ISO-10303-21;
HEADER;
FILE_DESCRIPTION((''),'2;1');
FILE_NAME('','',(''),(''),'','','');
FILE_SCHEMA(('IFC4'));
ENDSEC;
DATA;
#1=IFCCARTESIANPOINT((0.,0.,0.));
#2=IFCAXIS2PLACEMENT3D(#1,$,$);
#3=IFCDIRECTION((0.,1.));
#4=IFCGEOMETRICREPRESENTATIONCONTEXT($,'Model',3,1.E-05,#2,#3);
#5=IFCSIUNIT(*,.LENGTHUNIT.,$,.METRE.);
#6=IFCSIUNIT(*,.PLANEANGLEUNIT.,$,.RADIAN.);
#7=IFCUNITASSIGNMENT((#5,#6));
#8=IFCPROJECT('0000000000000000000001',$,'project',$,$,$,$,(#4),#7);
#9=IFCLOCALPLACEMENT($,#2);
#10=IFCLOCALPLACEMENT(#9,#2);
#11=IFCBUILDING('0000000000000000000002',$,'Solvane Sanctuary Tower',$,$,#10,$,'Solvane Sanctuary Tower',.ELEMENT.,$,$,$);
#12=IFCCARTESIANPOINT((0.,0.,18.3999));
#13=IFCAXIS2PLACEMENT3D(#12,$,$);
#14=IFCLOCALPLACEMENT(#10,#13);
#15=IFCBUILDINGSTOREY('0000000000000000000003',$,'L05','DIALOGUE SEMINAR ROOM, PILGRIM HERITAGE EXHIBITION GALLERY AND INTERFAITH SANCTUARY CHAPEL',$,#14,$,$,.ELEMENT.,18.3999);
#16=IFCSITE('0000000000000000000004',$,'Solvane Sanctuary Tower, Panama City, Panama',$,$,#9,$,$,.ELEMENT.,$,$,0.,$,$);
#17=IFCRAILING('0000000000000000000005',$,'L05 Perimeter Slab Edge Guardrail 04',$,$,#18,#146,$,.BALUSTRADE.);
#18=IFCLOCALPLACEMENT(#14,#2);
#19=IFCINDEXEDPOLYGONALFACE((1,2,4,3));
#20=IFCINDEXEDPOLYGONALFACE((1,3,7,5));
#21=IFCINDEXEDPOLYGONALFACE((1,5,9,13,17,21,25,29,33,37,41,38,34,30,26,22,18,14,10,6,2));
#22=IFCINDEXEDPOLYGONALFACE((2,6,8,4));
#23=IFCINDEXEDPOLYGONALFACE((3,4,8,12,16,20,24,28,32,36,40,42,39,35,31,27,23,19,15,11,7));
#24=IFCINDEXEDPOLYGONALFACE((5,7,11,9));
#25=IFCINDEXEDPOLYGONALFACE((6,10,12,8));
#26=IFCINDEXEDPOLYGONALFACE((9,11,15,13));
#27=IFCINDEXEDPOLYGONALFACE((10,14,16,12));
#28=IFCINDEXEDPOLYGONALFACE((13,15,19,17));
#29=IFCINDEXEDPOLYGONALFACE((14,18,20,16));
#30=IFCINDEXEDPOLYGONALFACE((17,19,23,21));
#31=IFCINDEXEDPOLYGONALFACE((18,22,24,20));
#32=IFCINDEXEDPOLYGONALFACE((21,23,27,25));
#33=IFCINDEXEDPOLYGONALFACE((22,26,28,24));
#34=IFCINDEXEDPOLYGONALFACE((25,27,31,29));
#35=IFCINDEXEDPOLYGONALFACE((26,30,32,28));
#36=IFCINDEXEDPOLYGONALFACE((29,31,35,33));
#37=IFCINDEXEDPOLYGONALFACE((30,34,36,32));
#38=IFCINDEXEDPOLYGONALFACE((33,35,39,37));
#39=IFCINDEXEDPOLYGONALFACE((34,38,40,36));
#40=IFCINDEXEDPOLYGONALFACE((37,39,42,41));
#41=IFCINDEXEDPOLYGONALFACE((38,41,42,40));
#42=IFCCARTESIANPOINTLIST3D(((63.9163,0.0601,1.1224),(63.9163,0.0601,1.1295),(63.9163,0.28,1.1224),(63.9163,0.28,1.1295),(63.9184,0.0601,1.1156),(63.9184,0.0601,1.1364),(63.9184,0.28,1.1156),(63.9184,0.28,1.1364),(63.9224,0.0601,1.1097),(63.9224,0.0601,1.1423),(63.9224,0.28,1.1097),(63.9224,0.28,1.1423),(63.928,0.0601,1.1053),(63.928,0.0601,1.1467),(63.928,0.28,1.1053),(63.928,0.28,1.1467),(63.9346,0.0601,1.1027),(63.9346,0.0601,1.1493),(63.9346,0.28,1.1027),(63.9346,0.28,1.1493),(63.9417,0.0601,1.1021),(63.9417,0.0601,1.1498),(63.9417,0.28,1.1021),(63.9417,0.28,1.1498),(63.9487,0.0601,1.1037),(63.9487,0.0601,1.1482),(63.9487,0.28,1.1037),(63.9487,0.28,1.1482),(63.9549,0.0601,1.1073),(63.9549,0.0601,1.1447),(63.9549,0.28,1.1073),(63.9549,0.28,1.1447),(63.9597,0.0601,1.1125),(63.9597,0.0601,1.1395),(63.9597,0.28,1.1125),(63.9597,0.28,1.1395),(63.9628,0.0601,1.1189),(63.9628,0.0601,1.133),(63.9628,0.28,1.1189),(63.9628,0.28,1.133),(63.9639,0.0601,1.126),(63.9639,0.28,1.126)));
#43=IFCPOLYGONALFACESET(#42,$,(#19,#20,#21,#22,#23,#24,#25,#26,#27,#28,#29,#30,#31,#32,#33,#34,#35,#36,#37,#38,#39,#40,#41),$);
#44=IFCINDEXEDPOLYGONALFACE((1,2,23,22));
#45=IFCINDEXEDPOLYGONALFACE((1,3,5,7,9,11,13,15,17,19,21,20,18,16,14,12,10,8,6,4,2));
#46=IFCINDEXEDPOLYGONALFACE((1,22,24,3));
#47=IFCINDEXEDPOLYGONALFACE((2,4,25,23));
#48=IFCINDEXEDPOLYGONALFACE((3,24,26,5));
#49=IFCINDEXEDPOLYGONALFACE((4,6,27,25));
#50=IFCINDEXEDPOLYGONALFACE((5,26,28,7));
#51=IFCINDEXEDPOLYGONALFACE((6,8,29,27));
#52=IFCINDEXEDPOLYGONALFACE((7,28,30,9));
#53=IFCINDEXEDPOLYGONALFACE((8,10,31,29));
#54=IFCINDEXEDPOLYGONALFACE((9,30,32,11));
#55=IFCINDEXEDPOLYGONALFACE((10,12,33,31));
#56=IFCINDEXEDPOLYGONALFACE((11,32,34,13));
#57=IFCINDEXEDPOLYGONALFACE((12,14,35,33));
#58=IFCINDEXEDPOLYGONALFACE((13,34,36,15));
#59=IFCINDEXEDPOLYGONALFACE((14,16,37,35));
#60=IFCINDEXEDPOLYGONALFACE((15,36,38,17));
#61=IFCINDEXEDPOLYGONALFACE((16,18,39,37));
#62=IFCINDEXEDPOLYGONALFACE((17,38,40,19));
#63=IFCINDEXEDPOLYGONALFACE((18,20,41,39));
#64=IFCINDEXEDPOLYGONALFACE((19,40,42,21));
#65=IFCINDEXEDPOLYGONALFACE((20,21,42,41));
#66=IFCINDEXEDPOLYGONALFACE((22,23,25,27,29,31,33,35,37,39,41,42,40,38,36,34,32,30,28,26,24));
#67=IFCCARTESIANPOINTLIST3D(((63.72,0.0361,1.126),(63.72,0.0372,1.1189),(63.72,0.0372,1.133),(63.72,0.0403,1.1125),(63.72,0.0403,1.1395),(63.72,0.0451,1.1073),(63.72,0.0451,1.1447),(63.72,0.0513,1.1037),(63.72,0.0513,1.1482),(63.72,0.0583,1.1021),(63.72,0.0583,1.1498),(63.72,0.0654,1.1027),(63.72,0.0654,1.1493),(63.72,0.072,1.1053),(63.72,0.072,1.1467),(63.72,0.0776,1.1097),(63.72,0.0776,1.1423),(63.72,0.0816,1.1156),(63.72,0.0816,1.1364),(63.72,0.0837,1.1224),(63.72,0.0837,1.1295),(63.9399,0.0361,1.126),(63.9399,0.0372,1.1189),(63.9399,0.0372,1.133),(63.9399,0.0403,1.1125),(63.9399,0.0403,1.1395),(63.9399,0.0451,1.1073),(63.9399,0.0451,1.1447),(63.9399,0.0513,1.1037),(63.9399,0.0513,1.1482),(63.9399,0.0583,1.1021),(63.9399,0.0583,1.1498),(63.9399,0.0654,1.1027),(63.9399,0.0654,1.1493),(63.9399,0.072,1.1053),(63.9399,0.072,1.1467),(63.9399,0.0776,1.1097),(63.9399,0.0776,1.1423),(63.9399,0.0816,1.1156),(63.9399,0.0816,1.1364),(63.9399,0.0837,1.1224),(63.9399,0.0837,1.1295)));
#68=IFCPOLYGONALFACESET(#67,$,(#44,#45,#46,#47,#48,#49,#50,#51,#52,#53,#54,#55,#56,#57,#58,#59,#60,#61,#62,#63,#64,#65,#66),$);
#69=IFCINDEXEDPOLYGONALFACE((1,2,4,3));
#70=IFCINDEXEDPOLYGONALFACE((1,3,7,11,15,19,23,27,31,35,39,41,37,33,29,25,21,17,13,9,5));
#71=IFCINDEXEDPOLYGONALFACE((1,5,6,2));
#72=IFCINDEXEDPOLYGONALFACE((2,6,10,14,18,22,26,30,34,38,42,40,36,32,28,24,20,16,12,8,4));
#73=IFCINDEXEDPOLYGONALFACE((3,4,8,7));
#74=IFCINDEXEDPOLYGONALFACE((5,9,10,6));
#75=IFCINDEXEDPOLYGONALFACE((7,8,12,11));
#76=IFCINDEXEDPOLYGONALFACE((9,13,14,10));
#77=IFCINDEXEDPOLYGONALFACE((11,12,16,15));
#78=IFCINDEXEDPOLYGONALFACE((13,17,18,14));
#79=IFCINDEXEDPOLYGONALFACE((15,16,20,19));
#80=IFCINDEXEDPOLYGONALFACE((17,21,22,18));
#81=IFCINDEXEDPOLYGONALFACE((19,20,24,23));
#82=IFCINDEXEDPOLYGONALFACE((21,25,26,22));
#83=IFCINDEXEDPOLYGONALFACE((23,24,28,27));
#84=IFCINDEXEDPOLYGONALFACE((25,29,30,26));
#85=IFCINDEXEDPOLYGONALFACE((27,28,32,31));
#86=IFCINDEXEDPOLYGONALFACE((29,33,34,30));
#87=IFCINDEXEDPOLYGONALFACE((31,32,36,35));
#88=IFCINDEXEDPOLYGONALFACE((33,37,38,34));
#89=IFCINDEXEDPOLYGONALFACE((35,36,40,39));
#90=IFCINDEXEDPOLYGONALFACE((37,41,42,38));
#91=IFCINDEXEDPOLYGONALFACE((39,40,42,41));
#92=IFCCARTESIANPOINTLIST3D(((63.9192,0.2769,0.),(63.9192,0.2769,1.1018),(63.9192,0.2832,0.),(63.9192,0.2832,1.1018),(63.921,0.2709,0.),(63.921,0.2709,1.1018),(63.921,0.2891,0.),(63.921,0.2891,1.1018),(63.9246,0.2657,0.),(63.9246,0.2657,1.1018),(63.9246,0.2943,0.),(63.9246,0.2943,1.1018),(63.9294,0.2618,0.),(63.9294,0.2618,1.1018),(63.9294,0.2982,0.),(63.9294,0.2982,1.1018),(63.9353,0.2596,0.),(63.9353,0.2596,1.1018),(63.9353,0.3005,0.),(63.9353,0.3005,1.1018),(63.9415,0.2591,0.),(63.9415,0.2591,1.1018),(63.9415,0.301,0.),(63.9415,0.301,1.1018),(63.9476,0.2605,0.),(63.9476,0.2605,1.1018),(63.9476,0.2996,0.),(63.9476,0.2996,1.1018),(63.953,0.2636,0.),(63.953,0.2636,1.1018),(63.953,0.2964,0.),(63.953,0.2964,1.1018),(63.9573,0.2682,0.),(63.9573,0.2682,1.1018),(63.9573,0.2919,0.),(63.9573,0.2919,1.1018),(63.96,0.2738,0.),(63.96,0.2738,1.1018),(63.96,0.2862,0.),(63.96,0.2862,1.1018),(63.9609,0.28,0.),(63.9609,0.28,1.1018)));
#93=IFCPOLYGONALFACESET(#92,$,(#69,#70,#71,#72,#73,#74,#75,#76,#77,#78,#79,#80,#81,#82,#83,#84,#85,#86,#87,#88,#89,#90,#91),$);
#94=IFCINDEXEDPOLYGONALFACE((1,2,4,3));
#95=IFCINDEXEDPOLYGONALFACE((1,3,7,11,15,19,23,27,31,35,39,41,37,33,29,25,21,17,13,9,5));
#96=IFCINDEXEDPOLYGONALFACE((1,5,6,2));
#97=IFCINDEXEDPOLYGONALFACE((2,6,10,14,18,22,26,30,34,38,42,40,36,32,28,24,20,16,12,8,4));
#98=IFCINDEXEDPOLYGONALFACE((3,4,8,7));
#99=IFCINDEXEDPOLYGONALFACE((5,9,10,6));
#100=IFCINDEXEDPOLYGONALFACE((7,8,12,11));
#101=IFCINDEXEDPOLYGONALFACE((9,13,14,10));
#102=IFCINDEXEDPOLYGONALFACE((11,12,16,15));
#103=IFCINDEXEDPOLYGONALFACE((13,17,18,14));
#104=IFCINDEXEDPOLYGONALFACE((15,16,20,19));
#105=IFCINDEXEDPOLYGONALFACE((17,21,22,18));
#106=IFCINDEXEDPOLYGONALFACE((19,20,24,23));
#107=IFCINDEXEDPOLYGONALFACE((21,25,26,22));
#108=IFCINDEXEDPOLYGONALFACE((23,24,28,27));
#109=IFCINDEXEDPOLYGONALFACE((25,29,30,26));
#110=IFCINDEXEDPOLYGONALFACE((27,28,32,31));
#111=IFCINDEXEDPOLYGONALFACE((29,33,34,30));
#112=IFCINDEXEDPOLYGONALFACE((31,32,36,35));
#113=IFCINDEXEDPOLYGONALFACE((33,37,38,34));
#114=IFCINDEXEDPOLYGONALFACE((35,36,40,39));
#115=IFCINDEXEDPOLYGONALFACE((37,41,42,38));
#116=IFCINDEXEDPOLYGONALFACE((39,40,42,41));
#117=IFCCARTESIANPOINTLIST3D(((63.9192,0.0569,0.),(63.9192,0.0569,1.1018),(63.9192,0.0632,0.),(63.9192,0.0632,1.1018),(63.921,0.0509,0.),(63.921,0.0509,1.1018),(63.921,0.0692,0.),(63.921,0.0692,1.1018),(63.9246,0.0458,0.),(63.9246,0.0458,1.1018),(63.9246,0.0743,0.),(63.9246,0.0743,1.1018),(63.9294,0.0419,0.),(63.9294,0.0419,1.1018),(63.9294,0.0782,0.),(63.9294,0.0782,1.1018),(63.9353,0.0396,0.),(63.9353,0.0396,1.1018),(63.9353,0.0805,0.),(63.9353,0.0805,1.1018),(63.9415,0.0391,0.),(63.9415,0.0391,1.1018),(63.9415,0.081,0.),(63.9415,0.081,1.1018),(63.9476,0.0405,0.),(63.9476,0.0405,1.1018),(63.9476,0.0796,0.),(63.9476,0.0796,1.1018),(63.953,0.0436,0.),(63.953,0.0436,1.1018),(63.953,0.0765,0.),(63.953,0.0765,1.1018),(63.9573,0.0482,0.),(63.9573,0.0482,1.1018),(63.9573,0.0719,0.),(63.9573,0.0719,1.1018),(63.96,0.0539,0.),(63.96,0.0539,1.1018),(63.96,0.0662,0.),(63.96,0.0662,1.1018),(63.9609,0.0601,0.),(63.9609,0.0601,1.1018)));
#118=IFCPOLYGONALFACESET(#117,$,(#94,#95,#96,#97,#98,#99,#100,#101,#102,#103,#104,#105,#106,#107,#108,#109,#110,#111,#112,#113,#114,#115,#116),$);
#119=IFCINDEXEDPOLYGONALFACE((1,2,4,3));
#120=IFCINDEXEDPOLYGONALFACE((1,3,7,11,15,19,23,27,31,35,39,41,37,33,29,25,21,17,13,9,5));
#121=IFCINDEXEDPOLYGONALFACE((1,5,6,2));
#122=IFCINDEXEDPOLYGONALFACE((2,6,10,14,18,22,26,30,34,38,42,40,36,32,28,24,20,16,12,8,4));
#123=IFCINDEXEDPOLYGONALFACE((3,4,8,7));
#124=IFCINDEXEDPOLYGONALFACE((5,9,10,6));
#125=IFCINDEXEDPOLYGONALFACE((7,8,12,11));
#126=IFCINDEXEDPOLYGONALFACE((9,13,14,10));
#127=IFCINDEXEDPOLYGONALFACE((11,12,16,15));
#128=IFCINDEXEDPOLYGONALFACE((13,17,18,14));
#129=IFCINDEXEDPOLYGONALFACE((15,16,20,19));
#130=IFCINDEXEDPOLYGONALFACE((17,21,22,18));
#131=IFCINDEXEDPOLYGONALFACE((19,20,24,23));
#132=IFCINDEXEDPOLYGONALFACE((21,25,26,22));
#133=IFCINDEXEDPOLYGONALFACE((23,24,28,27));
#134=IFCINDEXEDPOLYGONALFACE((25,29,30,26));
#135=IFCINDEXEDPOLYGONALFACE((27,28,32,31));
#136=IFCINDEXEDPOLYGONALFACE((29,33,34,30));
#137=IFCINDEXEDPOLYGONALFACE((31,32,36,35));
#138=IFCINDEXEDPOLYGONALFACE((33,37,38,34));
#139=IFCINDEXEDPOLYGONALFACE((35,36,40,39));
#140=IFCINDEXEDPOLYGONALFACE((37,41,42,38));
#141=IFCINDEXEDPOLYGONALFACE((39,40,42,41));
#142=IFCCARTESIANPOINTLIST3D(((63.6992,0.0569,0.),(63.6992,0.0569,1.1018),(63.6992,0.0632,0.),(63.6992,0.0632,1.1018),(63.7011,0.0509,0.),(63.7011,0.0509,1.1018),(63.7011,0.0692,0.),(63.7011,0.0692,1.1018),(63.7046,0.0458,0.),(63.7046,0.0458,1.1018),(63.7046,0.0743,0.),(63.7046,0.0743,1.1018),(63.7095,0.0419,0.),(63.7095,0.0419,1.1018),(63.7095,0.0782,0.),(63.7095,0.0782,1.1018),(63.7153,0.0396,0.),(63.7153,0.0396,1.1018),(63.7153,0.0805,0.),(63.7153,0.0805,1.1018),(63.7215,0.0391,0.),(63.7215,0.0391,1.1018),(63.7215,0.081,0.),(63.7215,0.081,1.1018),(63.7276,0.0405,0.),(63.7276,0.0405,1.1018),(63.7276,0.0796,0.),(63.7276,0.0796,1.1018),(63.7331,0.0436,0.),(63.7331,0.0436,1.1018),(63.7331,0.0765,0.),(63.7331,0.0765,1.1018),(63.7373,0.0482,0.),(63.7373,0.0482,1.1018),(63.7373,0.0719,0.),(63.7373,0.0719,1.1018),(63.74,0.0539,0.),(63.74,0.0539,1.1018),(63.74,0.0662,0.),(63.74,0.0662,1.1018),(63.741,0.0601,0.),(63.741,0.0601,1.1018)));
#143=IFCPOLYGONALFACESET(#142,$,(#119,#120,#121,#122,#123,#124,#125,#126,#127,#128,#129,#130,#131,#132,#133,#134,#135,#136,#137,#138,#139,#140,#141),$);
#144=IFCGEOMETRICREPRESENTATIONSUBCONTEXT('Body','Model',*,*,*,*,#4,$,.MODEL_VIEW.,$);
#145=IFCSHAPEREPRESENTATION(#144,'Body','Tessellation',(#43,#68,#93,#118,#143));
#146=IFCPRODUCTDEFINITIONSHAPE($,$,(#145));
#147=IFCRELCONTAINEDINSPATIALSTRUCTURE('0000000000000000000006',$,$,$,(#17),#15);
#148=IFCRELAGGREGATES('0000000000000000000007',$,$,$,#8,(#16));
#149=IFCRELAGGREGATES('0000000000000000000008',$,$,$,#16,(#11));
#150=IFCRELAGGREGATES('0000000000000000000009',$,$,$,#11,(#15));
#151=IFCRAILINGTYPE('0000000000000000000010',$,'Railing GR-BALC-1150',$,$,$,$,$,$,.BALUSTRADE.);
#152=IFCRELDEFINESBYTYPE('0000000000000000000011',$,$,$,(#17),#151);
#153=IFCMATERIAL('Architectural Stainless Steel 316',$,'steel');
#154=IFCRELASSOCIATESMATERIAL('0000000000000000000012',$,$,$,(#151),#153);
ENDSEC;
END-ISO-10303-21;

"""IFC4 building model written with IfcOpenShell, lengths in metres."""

from ifc_helpers import new_model, si_unit, direction, frame, origin, origin_2d, place, context, subcontext, project, spatial, circle, extrude, material, type_object, element, save


model = new_model("IFC4")

# Units and contexts
model_context = context("Model", 3, precision=1e-05, world=origin(), true_north=direction((0.0, 1.0)))
body_context = subcontext(model_context, "Body", "Model", "MODEL_VIEW")
ifc_project = project(units=[si_unit("LENGTHUNIT", "METRE"), si_unit("PLANEANGLEUNIT", "RADIAN")], contexts=[model_context])

# Site, building, storey
site_placement = place(None, origin())
site = spatial("IfcSite", under=ifc_project, at=site_placement, Name="Solvane Sanctuary Tower, Panama City, Panama", CompositionType="ELEMENT", RefElevation=0.0)
building_placement = place(site_placement, origin())
building = spatial("IfcBuilding", under=site, at=building_placement, Name="Solvane Sanctuary Tower", LongName="Solvane Sanctuary Tower", CompositionType="ELEMENT")
storey_placement = place(building_placement, frame((0.0, 0.0, 18.3999)))
storey = spatial("IfcBuildingStorey", under=building, at=storey_placement, Name="L05", Description="DIALOGUE SEMINAR ROOM, PILGRIM HERITAGE EXHIBITION GALLERY AND INTERFAITH SANCTUARY CHAPEL", CompositionType="ELEMENT", Elevation=18.3999)

# Shared definitions
ifc_material_1 = material(Name="Architectural Stainless Steel 316", Category="steel")

# Railing
railing_type_1 = type_object("IfcRailingType", Name="Railing GR-BALC-1150", PredefinedType="BALUSTRADE", material=ifc_material_1)
railing_1_placement = place(storey_placement, frame((63.9399, 0.28, 0.0)))
element("IfcRailing", 1, at=railing_1_placement, inside=storey, type_object=railing_type_1, Name="L05 Perimeter Slab Edge Guardrail 04", PredefinedType="BALUSTRADE", context=body_context, shape_type="SweptSolid", body=[
    extrude(circle(Radius=0.0239, at=origin_2d()), frame((0.0, 0.0, 1.126), z_axis=(0.0, -1.0, 0.0), x_axis=(1.0, 0.0, 0.0)), (0.0, 0.0, 1.0), 0.22),
    extrude(circle(Radius=0.0239, at=origin_2d()), frame((0.0, -0.22, 1.126), z_axis=(-1.0, 0.0, 0.0), x_axis=(0.0, -1.0, 0.0)), (0.0, 0.0, 1.0), 0.22),
    extrude(circle(Radius=0.021, at=origin_2d()), origin(), (0.0, 0.0, 1.0), 1.1018),
    extrude(circle(Radius=0.021, at=origin_2d()), frame((0.0, -0.22, 0.0)), (0.0, 0.0, 1.0), 1.1018),
    extrude(circle(Radius=0.021, at=origin_2d()), frame((-0.22, -0.22, 0.0)), (0.0, 0.0, 1.0), 1.1018),
])

save(model, "model.ifc")
